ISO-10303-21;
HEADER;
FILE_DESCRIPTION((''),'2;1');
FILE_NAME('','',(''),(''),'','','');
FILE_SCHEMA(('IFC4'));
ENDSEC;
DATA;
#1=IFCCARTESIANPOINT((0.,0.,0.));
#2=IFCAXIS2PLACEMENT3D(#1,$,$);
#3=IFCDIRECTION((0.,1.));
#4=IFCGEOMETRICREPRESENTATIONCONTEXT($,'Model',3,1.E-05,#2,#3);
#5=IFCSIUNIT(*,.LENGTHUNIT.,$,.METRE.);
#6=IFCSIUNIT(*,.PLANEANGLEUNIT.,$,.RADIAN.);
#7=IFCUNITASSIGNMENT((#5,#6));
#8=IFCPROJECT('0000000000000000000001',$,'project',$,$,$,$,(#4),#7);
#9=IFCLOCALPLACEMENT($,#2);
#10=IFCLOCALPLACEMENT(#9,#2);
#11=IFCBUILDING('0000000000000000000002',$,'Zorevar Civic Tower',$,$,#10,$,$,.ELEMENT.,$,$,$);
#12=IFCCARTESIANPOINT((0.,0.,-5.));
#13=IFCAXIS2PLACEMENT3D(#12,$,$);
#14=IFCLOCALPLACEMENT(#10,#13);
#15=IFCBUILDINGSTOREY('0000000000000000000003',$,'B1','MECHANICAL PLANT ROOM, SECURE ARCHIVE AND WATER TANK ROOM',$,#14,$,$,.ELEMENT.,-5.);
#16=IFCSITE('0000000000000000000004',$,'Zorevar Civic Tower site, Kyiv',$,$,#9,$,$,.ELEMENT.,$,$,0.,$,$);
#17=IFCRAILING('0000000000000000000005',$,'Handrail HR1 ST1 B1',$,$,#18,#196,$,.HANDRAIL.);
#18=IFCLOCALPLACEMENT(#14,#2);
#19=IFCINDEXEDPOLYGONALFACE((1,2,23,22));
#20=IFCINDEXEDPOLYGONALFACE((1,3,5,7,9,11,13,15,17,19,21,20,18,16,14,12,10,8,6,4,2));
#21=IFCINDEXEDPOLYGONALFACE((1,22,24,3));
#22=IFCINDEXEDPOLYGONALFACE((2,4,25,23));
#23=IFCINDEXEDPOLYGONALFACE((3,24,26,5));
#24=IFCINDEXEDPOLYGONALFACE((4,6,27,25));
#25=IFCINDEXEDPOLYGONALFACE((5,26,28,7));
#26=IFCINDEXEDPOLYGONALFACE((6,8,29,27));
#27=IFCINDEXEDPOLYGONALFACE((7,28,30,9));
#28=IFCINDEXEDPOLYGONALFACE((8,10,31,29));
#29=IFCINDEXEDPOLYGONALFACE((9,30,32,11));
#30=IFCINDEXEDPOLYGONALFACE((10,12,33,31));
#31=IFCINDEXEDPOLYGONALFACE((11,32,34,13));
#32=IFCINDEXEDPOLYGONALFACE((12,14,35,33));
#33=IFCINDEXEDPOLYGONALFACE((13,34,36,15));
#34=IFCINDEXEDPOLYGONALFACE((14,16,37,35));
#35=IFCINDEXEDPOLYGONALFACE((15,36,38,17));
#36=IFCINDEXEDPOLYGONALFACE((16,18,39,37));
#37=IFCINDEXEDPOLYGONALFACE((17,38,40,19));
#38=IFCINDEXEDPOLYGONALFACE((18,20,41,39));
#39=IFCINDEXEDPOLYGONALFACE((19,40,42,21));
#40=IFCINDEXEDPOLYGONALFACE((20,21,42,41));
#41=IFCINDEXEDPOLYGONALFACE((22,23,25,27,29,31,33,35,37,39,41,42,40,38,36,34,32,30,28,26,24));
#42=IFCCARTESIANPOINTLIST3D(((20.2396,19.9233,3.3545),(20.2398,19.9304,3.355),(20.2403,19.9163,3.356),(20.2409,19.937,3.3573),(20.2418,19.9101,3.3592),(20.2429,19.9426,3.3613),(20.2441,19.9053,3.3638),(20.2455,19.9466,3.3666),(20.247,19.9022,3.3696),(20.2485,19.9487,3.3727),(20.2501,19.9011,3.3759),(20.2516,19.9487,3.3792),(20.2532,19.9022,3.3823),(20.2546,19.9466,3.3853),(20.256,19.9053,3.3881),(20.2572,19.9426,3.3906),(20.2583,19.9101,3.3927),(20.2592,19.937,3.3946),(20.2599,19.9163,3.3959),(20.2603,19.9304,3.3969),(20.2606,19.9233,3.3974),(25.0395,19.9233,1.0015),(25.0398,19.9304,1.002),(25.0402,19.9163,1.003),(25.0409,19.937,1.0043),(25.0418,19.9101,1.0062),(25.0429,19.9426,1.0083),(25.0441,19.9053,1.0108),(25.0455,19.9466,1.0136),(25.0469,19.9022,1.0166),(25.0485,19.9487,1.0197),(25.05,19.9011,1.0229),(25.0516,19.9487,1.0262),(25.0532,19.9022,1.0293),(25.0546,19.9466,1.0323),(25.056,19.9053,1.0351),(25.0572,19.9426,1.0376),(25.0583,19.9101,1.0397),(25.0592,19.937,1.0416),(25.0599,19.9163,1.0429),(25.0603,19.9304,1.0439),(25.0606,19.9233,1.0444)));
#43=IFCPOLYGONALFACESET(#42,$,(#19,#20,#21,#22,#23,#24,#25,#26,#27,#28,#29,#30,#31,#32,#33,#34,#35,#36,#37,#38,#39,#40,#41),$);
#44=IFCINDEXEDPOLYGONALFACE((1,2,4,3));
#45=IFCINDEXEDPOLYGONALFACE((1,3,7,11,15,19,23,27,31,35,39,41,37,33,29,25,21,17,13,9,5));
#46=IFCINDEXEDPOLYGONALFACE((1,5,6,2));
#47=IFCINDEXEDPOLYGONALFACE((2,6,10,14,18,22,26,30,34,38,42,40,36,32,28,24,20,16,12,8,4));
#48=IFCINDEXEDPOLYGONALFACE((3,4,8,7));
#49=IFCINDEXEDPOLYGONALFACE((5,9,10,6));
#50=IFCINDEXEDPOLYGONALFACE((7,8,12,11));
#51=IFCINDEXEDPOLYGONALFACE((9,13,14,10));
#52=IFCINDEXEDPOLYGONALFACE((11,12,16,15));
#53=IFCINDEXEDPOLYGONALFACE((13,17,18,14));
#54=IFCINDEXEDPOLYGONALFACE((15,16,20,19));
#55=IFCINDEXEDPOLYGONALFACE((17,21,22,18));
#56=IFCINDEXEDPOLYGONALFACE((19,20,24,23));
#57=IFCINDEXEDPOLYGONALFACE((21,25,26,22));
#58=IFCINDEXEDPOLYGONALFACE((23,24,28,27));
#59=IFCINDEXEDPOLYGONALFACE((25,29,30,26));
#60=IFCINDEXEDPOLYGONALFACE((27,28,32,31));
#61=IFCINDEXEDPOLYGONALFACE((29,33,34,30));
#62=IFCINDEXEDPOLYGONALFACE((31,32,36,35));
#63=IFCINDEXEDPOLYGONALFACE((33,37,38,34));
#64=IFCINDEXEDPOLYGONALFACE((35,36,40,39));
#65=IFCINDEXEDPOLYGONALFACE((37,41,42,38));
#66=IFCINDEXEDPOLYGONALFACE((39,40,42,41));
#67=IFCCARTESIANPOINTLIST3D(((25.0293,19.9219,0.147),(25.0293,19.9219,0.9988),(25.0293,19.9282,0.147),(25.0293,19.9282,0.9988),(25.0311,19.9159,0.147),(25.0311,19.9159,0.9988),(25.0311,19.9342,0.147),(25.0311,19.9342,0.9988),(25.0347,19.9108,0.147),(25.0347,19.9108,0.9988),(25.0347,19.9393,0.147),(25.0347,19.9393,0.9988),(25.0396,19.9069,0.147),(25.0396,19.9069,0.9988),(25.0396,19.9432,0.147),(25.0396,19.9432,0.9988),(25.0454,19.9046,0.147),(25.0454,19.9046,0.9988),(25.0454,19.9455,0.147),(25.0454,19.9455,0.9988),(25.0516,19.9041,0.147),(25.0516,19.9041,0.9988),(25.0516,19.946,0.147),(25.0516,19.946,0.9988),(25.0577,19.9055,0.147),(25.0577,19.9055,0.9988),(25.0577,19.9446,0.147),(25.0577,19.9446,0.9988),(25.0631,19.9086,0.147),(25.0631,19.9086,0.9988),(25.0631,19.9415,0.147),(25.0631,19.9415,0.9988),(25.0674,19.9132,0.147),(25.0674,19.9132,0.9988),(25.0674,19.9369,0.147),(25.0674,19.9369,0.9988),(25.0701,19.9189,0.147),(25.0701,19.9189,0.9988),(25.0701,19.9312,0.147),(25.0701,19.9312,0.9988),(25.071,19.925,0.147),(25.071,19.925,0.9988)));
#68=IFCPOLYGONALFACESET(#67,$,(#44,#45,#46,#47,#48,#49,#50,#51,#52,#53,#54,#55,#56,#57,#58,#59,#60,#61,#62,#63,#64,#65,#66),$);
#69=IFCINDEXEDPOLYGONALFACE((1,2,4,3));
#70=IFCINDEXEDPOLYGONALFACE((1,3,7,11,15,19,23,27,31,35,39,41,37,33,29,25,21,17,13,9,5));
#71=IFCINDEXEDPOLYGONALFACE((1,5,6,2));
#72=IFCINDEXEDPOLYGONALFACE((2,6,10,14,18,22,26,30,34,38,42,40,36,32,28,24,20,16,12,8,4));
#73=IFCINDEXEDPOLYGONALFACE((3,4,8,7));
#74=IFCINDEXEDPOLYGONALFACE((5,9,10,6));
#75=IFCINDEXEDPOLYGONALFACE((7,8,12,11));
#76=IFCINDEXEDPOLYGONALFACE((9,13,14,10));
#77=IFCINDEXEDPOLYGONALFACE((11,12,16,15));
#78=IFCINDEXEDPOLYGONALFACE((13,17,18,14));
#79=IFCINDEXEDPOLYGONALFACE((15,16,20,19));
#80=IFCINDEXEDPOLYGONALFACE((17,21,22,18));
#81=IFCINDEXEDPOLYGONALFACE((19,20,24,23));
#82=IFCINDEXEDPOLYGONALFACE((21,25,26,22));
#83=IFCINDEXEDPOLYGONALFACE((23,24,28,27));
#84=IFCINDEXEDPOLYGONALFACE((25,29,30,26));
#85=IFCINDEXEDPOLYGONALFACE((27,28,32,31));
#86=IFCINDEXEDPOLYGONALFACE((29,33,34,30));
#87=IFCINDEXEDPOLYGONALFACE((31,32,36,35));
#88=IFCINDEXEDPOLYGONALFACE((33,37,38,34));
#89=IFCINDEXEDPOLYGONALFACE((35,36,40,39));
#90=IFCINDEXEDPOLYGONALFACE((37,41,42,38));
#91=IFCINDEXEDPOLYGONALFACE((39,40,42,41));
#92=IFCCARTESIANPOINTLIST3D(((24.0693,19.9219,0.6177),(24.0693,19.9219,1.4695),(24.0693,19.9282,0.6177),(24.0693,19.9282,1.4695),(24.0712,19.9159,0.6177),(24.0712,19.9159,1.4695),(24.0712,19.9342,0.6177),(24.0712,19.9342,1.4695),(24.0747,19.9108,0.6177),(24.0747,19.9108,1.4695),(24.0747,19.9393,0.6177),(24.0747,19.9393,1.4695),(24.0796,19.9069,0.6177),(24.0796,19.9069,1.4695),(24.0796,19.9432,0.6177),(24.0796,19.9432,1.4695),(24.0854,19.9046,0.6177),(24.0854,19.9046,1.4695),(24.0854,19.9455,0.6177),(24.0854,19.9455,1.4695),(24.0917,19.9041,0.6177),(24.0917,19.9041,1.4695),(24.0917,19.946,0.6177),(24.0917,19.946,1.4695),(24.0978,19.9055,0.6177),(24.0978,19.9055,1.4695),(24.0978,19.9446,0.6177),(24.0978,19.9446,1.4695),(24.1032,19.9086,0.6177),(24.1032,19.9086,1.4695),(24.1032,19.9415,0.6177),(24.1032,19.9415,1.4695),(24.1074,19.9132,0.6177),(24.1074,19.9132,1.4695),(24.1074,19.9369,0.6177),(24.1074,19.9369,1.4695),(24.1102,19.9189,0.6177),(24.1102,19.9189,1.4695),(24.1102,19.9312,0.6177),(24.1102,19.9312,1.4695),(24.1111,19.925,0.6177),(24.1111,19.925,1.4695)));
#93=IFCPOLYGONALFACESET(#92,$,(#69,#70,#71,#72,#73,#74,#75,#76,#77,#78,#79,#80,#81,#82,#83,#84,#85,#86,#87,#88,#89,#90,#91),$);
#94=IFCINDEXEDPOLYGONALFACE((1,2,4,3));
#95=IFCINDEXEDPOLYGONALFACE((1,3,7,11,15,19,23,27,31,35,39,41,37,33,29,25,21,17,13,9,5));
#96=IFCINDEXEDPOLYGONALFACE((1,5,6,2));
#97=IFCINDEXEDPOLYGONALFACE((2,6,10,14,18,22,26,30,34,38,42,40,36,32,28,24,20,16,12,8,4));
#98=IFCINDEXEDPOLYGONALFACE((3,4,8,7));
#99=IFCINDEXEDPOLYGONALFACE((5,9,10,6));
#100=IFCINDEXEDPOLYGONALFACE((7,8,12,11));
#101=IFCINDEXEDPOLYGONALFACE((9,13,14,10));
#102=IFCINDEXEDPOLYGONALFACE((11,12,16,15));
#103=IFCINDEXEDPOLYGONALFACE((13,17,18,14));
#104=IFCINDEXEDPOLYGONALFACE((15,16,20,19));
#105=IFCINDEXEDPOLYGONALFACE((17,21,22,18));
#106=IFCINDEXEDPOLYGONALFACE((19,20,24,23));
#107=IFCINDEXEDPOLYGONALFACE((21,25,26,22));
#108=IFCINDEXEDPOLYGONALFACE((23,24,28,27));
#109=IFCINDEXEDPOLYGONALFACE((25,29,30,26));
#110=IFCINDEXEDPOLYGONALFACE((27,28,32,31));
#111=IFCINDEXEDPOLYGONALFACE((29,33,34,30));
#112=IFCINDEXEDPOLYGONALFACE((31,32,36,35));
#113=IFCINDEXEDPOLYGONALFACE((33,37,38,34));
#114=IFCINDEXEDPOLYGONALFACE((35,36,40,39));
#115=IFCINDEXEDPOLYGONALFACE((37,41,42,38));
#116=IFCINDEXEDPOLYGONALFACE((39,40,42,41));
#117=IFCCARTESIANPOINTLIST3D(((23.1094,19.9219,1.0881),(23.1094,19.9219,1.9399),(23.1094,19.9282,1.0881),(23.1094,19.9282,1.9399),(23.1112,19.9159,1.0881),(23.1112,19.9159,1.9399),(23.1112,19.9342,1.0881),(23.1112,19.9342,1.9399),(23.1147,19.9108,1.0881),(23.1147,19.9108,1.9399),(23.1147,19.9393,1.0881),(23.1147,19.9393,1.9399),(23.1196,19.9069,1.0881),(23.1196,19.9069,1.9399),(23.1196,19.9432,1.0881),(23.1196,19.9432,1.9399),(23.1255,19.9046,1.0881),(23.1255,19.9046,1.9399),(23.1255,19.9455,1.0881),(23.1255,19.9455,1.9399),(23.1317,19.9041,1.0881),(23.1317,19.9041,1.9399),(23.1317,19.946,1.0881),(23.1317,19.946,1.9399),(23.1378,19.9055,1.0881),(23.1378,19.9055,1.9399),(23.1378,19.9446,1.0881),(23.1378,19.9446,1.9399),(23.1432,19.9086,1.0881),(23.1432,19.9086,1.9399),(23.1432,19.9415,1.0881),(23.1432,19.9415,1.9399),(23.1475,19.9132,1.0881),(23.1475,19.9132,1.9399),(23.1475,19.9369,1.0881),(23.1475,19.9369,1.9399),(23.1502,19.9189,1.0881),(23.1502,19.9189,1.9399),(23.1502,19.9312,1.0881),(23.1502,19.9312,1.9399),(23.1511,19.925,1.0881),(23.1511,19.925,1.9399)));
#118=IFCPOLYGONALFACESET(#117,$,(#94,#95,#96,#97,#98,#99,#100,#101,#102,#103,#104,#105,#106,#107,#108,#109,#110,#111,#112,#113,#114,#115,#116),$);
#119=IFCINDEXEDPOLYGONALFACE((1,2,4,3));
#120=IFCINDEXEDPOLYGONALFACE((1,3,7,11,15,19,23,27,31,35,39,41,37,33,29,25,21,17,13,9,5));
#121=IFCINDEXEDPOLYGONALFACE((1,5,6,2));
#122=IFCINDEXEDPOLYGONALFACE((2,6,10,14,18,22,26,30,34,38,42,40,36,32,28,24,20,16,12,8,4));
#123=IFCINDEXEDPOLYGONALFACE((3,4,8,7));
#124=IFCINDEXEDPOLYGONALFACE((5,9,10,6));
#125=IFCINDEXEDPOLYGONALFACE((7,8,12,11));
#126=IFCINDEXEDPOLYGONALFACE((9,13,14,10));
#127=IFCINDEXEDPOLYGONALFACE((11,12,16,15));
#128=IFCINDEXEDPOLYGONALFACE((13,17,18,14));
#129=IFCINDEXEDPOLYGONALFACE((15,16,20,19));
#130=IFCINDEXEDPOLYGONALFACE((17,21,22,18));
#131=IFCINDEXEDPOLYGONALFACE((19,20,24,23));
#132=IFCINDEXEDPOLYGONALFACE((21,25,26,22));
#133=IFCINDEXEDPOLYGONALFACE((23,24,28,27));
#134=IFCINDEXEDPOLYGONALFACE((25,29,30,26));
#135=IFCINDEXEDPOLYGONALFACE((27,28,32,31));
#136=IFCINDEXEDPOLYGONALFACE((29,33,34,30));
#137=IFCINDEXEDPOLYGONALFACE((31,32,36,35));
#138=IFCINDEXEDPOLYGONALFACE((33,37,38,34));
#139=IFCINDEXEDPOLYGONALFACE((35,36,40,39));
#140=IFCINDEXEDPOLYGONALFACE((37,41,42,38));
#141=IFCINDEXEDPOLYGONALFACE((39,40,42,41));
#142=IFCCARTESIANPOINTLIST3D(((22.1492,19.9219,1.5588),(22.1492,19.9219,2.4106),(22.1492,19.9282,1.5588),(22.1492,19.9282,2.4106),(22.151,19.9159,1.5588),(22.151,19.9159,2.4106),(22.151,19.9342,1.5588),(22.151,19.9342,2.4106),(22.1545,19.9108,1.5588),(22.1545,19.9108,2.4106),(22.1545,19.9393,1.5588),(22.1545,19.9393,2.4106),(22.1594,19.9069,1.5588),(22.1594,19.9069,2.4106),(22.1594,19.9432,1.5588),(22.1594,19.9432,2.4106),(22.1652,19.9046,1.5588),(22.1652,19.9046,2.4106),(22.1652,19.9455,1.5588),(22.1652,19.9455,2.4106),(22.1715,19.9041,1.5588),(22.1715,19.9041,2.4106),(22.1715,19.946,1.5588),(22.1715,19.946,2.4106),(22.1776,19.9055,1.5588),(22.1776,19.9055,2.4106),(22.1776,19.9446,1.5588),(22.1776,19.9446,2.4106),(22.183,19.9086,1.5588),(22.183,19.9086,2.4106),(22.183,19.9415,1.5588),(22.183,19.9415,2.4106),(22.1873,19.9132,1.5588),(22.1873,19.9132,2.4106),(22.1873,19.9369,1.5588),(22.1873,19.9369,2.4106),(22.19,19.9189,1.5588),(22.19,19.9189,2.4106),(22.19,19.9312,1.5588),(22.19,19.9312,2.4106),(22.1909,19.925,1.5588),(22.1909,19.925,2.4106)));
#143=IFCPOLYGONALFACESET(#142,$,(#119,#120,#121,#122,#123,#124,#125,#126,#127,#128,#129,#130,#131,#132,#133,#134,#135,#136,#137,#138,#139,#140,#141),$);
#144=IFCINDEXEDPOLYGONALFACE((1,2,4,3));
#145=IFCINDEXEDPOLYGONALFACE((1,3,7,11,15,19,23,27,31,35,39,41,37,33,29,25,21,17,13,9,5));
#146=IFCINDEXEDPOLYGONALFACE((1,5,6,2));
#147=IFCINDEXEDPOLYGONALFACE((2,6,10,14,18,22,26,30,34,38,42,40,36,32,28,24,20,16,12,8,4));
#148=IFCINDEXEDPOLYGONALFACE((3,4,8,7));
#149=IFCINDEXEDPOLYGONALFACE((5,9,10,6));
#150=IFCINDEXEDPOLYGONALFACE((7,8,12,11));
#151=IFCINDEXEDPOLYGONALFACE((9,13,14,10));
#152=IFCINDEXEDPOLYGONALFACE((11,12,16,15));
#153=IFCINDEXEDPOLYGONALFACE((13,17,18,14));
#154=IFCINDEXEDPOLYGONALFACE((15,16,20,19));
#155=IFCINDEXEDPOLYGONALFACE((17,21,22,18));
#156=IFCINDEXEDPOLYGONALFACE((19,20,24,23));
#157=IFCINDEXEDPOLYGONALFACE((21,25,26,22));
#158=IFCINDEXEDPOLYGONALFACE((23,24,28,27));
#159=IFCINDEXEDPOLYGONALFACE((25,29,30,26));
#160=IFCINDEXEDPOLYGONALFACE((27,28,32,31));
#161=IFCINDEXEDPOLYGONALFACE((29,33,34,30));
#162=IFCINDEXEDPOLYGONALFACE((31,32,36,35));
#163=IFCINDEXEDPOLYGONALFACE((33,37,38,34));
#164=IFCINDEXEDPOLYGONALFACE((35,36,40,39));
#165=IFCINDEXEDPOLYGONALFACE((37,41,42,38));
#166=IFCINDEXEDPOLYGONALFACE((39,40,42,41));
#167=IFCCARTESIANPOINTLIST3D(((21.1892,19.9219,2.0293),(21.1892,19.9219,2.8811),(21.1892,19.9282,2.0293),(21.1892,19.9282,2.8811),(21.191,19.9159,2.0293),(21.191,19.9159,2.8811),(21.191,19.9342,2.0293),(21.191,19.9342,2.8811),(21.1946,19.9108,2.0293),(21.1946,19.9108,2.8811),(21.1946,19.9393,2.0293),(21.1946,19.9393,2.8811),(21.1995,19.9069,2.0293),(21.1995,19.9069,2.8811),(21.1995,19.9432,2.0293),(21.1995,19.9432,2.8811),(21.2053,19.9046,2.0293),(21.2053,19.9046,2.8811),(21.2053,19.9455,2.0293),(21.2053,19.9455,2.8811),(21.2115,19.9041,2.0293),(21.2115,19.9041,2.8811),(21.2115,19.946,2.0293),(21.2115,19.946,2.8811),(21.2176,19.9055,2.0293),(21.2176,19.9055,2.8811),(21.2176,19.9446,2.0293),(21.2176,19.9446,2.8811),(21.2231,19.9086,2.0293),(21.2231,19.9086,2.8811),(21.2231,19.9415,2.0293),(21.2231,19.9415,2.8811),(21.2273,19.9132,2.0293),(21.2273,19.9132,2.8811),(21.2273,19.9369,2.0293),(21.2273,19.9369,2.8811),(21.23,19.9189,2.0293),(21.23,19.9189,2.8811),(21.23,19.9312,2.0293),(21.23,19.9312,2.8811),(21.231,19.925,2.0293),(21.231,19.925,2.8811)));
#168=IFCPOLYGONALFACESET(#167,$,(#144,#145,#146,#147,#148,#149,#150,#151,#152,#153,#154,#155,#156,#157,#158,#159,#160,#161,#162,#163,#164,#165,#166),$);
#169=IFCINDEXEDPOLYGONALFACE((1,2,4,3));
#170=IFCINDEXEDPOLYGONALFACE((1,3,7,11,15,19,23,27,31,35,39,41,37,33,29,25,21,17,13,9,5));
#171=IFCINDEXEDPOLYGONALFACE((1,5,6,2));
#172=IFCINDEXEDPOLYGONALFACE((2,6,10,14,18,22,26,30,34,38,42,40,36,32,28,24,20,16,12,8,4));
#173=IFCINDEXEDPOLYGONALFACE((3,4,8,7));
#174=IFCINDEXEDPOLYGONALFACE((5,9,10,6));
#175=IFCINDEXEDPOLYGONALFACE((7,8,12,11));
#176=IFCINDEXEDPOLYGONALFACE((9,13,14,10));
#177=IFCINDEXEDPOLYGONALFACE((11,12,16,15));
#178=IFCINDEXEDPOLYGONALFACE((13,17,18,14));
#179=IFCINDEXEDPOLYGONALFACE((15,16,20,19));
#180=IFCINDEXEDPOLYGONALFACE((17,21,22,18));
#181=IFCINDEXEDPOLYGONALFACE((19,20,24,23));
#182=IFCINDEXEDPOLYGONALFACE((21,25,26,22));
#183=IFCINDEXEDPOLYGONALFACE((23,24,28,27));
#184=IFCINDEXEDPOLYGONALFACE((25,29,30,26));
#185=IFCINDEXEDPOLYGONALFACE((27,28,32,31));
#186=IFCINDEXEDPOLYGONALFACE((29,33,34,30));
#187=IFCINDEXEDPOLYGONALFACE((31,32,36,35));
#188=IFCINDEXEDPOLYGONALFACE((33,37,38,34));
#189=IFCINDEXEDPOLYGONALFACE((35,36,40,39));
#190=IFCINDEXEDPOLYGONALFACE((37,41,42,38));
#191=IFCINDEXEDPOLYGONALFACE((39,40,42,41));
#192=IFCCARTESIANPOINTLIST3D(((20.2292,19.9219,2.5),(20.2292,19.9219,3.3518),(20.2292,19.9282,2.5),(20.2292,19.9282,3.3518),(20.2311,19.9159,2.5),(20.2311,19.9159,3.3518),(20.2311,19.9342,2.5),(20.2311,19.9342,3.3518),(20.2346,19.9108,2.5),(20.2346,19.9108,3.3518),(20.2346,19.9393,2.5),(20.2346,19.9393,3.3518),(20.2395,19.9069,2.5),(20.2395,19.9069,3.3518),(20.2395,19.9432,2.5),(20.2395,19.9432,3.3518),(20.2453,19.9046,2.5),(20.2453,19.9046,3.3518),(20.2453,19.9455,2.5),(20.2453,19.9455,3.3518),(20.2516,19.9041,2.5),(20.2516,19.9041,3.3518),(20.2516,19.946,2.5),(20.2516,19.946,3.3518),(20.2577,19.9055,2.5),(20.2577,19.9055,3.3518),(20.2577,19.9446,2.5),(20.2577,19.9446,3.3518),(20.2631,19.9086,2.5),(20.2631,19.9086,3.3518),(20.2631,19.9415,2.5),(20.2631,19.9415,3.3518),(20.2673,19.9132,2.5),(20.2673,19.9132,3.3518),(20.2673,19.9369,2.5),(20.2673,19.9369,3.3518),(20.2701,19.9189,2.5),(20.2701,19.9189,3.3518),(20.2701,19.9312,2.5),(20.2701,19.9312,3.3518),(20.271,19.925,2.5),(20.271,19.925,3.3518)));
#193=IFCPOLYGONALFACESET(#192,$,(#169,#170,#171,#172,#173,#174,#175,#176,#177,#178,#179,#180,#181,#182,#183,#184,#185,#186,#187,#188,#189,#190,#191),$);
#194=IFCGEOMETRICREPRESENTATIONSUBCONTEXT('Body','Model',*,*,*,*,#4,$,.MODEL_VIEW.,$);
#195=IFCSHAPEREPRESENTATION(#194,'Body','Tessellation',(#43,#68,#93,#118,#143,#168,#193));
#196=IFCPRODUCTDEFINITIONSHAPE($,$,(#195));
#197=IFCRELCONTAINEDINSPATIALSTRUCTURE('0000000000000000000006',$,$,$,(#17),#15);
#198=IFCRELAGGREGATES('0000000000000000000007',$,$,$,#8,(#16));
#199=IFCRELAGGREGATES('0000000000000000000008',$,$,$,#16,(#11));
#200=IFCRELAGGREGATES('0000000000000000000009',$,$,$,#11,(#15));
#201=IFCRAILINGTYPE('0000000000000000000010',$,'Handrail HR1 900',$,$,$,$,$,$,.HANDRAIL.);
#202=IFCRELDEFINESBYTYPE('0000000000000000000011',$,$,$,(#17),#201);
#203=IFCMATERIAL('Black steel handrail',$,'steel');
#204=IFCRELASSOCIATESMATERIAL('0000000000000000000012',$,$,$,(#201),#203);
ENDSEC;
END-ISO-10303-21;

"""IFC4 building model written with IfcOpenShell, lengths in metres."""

from ifc_helpers import new_model, si_unit, direction, frame, origin, origin_2d, place, context, subcontext, project, spatial, circle, extrude, material, type_object, element, save


model = new_model("IFC4")

# Units and contexts
model_context = context("Model", 3, precision=1e-05, world=origin(), true_north=direction((0.0, 1.0)))
body_context = subcontext(model_context, "Body", "Model", "MODEL_VIEW")
ifc_project = project(units=[si_unit("LENGTHUNIT", "METRE"), si_unit("PLANEANGLEUNIT", "RADIAN")], contexts=[model_context])

# Site, building, storey
site_placement = place(None, origin())
site = spatial("IfcSite", under=ifc_project, at=site_placement, Name="Zorevar Civic Tower site, Kyiv", CompositionType="ELEMENT", RefElevation=0.0)
building_placement = place(site_placement, origin())
building = spatial("IfcBuilding", under=site, at=building_placement, Name="Zorevar Civic Tower", CompositionType="ELEMENT")
storey_placement = place(building_placement, frame((0.0, 0.0, -5.0)))
storey = spatial("IfcBuildingStorey", under=building, at=storey_placement, Name="B1", Description="MECHANICAL PLANT ROOM, SECURE ARCHIVE AND WATER TANK ROOM", CompositionType="ELEMENT", Elevation=-5.0)

# Railing
ifc_material_1 = material(Name="Black steel handrail", Category="steel")
railing_type = type_object("IfcRailingType", Name="Handrail HR1 900", PredefinedType="HANDRAIL", material=ifc_material_1)
railing_1_placement = place(storey_placement, frame((25.05, 19.925, 0.147)))
element("IfcRailing", 1, at=railing_1_placement, inside=storey, type_object=railing_type, Name="Handrail HR1 ST1 B1", PredefinedType="HANDRAIL", context=body_context, shape_type="SweptSolid", body=[
    extrude(circle(Radius=0.0239, at=origin_2d()), frame((0.0, 0.0, 0.876), z_axis=(-0.897916, 0.0, 0.440167), x_axis=(0.0, -1.0, 0.0)), (0.0, 0.0, 1.0), 5.3457),
    extrude(circle(Radius=0.021, at=origin_2d()), origin(), (0.0, 0.0, 1.0), 0.8518),
    extrude(circle(Radius=0.021, at=origin_2d()), frame((-0.96, 0.0, 0.4707)), (0.0, 0.0, 1.0), 0.8518),
    extrude(circle(Radius=0.021, at=origin_2d()), frame((-1.9199, 0.0, 0.9412)), (0.0, 0.0, 1.0), 0.8518),
    extrude(circle(Radius=0.021, at=origin_2d()), frame((-2.8801, 0.0, 1.4119)), (0.0, 0.0, 1.0), 0.8518),
    extrude(circle(Radius=0.021, at=origin_2d()), frame((-3.8401, 0.0, 1.8823)), (0.0, 0.0, 1.0), 0.8518),
    extrude(circle(Radius=0.021, at=origin_2d()), frame((-4.8, 0.0, 2.353)), (0.0, 0.0, 1.0), 0.8518),
])

save(model, "model.ifc")
